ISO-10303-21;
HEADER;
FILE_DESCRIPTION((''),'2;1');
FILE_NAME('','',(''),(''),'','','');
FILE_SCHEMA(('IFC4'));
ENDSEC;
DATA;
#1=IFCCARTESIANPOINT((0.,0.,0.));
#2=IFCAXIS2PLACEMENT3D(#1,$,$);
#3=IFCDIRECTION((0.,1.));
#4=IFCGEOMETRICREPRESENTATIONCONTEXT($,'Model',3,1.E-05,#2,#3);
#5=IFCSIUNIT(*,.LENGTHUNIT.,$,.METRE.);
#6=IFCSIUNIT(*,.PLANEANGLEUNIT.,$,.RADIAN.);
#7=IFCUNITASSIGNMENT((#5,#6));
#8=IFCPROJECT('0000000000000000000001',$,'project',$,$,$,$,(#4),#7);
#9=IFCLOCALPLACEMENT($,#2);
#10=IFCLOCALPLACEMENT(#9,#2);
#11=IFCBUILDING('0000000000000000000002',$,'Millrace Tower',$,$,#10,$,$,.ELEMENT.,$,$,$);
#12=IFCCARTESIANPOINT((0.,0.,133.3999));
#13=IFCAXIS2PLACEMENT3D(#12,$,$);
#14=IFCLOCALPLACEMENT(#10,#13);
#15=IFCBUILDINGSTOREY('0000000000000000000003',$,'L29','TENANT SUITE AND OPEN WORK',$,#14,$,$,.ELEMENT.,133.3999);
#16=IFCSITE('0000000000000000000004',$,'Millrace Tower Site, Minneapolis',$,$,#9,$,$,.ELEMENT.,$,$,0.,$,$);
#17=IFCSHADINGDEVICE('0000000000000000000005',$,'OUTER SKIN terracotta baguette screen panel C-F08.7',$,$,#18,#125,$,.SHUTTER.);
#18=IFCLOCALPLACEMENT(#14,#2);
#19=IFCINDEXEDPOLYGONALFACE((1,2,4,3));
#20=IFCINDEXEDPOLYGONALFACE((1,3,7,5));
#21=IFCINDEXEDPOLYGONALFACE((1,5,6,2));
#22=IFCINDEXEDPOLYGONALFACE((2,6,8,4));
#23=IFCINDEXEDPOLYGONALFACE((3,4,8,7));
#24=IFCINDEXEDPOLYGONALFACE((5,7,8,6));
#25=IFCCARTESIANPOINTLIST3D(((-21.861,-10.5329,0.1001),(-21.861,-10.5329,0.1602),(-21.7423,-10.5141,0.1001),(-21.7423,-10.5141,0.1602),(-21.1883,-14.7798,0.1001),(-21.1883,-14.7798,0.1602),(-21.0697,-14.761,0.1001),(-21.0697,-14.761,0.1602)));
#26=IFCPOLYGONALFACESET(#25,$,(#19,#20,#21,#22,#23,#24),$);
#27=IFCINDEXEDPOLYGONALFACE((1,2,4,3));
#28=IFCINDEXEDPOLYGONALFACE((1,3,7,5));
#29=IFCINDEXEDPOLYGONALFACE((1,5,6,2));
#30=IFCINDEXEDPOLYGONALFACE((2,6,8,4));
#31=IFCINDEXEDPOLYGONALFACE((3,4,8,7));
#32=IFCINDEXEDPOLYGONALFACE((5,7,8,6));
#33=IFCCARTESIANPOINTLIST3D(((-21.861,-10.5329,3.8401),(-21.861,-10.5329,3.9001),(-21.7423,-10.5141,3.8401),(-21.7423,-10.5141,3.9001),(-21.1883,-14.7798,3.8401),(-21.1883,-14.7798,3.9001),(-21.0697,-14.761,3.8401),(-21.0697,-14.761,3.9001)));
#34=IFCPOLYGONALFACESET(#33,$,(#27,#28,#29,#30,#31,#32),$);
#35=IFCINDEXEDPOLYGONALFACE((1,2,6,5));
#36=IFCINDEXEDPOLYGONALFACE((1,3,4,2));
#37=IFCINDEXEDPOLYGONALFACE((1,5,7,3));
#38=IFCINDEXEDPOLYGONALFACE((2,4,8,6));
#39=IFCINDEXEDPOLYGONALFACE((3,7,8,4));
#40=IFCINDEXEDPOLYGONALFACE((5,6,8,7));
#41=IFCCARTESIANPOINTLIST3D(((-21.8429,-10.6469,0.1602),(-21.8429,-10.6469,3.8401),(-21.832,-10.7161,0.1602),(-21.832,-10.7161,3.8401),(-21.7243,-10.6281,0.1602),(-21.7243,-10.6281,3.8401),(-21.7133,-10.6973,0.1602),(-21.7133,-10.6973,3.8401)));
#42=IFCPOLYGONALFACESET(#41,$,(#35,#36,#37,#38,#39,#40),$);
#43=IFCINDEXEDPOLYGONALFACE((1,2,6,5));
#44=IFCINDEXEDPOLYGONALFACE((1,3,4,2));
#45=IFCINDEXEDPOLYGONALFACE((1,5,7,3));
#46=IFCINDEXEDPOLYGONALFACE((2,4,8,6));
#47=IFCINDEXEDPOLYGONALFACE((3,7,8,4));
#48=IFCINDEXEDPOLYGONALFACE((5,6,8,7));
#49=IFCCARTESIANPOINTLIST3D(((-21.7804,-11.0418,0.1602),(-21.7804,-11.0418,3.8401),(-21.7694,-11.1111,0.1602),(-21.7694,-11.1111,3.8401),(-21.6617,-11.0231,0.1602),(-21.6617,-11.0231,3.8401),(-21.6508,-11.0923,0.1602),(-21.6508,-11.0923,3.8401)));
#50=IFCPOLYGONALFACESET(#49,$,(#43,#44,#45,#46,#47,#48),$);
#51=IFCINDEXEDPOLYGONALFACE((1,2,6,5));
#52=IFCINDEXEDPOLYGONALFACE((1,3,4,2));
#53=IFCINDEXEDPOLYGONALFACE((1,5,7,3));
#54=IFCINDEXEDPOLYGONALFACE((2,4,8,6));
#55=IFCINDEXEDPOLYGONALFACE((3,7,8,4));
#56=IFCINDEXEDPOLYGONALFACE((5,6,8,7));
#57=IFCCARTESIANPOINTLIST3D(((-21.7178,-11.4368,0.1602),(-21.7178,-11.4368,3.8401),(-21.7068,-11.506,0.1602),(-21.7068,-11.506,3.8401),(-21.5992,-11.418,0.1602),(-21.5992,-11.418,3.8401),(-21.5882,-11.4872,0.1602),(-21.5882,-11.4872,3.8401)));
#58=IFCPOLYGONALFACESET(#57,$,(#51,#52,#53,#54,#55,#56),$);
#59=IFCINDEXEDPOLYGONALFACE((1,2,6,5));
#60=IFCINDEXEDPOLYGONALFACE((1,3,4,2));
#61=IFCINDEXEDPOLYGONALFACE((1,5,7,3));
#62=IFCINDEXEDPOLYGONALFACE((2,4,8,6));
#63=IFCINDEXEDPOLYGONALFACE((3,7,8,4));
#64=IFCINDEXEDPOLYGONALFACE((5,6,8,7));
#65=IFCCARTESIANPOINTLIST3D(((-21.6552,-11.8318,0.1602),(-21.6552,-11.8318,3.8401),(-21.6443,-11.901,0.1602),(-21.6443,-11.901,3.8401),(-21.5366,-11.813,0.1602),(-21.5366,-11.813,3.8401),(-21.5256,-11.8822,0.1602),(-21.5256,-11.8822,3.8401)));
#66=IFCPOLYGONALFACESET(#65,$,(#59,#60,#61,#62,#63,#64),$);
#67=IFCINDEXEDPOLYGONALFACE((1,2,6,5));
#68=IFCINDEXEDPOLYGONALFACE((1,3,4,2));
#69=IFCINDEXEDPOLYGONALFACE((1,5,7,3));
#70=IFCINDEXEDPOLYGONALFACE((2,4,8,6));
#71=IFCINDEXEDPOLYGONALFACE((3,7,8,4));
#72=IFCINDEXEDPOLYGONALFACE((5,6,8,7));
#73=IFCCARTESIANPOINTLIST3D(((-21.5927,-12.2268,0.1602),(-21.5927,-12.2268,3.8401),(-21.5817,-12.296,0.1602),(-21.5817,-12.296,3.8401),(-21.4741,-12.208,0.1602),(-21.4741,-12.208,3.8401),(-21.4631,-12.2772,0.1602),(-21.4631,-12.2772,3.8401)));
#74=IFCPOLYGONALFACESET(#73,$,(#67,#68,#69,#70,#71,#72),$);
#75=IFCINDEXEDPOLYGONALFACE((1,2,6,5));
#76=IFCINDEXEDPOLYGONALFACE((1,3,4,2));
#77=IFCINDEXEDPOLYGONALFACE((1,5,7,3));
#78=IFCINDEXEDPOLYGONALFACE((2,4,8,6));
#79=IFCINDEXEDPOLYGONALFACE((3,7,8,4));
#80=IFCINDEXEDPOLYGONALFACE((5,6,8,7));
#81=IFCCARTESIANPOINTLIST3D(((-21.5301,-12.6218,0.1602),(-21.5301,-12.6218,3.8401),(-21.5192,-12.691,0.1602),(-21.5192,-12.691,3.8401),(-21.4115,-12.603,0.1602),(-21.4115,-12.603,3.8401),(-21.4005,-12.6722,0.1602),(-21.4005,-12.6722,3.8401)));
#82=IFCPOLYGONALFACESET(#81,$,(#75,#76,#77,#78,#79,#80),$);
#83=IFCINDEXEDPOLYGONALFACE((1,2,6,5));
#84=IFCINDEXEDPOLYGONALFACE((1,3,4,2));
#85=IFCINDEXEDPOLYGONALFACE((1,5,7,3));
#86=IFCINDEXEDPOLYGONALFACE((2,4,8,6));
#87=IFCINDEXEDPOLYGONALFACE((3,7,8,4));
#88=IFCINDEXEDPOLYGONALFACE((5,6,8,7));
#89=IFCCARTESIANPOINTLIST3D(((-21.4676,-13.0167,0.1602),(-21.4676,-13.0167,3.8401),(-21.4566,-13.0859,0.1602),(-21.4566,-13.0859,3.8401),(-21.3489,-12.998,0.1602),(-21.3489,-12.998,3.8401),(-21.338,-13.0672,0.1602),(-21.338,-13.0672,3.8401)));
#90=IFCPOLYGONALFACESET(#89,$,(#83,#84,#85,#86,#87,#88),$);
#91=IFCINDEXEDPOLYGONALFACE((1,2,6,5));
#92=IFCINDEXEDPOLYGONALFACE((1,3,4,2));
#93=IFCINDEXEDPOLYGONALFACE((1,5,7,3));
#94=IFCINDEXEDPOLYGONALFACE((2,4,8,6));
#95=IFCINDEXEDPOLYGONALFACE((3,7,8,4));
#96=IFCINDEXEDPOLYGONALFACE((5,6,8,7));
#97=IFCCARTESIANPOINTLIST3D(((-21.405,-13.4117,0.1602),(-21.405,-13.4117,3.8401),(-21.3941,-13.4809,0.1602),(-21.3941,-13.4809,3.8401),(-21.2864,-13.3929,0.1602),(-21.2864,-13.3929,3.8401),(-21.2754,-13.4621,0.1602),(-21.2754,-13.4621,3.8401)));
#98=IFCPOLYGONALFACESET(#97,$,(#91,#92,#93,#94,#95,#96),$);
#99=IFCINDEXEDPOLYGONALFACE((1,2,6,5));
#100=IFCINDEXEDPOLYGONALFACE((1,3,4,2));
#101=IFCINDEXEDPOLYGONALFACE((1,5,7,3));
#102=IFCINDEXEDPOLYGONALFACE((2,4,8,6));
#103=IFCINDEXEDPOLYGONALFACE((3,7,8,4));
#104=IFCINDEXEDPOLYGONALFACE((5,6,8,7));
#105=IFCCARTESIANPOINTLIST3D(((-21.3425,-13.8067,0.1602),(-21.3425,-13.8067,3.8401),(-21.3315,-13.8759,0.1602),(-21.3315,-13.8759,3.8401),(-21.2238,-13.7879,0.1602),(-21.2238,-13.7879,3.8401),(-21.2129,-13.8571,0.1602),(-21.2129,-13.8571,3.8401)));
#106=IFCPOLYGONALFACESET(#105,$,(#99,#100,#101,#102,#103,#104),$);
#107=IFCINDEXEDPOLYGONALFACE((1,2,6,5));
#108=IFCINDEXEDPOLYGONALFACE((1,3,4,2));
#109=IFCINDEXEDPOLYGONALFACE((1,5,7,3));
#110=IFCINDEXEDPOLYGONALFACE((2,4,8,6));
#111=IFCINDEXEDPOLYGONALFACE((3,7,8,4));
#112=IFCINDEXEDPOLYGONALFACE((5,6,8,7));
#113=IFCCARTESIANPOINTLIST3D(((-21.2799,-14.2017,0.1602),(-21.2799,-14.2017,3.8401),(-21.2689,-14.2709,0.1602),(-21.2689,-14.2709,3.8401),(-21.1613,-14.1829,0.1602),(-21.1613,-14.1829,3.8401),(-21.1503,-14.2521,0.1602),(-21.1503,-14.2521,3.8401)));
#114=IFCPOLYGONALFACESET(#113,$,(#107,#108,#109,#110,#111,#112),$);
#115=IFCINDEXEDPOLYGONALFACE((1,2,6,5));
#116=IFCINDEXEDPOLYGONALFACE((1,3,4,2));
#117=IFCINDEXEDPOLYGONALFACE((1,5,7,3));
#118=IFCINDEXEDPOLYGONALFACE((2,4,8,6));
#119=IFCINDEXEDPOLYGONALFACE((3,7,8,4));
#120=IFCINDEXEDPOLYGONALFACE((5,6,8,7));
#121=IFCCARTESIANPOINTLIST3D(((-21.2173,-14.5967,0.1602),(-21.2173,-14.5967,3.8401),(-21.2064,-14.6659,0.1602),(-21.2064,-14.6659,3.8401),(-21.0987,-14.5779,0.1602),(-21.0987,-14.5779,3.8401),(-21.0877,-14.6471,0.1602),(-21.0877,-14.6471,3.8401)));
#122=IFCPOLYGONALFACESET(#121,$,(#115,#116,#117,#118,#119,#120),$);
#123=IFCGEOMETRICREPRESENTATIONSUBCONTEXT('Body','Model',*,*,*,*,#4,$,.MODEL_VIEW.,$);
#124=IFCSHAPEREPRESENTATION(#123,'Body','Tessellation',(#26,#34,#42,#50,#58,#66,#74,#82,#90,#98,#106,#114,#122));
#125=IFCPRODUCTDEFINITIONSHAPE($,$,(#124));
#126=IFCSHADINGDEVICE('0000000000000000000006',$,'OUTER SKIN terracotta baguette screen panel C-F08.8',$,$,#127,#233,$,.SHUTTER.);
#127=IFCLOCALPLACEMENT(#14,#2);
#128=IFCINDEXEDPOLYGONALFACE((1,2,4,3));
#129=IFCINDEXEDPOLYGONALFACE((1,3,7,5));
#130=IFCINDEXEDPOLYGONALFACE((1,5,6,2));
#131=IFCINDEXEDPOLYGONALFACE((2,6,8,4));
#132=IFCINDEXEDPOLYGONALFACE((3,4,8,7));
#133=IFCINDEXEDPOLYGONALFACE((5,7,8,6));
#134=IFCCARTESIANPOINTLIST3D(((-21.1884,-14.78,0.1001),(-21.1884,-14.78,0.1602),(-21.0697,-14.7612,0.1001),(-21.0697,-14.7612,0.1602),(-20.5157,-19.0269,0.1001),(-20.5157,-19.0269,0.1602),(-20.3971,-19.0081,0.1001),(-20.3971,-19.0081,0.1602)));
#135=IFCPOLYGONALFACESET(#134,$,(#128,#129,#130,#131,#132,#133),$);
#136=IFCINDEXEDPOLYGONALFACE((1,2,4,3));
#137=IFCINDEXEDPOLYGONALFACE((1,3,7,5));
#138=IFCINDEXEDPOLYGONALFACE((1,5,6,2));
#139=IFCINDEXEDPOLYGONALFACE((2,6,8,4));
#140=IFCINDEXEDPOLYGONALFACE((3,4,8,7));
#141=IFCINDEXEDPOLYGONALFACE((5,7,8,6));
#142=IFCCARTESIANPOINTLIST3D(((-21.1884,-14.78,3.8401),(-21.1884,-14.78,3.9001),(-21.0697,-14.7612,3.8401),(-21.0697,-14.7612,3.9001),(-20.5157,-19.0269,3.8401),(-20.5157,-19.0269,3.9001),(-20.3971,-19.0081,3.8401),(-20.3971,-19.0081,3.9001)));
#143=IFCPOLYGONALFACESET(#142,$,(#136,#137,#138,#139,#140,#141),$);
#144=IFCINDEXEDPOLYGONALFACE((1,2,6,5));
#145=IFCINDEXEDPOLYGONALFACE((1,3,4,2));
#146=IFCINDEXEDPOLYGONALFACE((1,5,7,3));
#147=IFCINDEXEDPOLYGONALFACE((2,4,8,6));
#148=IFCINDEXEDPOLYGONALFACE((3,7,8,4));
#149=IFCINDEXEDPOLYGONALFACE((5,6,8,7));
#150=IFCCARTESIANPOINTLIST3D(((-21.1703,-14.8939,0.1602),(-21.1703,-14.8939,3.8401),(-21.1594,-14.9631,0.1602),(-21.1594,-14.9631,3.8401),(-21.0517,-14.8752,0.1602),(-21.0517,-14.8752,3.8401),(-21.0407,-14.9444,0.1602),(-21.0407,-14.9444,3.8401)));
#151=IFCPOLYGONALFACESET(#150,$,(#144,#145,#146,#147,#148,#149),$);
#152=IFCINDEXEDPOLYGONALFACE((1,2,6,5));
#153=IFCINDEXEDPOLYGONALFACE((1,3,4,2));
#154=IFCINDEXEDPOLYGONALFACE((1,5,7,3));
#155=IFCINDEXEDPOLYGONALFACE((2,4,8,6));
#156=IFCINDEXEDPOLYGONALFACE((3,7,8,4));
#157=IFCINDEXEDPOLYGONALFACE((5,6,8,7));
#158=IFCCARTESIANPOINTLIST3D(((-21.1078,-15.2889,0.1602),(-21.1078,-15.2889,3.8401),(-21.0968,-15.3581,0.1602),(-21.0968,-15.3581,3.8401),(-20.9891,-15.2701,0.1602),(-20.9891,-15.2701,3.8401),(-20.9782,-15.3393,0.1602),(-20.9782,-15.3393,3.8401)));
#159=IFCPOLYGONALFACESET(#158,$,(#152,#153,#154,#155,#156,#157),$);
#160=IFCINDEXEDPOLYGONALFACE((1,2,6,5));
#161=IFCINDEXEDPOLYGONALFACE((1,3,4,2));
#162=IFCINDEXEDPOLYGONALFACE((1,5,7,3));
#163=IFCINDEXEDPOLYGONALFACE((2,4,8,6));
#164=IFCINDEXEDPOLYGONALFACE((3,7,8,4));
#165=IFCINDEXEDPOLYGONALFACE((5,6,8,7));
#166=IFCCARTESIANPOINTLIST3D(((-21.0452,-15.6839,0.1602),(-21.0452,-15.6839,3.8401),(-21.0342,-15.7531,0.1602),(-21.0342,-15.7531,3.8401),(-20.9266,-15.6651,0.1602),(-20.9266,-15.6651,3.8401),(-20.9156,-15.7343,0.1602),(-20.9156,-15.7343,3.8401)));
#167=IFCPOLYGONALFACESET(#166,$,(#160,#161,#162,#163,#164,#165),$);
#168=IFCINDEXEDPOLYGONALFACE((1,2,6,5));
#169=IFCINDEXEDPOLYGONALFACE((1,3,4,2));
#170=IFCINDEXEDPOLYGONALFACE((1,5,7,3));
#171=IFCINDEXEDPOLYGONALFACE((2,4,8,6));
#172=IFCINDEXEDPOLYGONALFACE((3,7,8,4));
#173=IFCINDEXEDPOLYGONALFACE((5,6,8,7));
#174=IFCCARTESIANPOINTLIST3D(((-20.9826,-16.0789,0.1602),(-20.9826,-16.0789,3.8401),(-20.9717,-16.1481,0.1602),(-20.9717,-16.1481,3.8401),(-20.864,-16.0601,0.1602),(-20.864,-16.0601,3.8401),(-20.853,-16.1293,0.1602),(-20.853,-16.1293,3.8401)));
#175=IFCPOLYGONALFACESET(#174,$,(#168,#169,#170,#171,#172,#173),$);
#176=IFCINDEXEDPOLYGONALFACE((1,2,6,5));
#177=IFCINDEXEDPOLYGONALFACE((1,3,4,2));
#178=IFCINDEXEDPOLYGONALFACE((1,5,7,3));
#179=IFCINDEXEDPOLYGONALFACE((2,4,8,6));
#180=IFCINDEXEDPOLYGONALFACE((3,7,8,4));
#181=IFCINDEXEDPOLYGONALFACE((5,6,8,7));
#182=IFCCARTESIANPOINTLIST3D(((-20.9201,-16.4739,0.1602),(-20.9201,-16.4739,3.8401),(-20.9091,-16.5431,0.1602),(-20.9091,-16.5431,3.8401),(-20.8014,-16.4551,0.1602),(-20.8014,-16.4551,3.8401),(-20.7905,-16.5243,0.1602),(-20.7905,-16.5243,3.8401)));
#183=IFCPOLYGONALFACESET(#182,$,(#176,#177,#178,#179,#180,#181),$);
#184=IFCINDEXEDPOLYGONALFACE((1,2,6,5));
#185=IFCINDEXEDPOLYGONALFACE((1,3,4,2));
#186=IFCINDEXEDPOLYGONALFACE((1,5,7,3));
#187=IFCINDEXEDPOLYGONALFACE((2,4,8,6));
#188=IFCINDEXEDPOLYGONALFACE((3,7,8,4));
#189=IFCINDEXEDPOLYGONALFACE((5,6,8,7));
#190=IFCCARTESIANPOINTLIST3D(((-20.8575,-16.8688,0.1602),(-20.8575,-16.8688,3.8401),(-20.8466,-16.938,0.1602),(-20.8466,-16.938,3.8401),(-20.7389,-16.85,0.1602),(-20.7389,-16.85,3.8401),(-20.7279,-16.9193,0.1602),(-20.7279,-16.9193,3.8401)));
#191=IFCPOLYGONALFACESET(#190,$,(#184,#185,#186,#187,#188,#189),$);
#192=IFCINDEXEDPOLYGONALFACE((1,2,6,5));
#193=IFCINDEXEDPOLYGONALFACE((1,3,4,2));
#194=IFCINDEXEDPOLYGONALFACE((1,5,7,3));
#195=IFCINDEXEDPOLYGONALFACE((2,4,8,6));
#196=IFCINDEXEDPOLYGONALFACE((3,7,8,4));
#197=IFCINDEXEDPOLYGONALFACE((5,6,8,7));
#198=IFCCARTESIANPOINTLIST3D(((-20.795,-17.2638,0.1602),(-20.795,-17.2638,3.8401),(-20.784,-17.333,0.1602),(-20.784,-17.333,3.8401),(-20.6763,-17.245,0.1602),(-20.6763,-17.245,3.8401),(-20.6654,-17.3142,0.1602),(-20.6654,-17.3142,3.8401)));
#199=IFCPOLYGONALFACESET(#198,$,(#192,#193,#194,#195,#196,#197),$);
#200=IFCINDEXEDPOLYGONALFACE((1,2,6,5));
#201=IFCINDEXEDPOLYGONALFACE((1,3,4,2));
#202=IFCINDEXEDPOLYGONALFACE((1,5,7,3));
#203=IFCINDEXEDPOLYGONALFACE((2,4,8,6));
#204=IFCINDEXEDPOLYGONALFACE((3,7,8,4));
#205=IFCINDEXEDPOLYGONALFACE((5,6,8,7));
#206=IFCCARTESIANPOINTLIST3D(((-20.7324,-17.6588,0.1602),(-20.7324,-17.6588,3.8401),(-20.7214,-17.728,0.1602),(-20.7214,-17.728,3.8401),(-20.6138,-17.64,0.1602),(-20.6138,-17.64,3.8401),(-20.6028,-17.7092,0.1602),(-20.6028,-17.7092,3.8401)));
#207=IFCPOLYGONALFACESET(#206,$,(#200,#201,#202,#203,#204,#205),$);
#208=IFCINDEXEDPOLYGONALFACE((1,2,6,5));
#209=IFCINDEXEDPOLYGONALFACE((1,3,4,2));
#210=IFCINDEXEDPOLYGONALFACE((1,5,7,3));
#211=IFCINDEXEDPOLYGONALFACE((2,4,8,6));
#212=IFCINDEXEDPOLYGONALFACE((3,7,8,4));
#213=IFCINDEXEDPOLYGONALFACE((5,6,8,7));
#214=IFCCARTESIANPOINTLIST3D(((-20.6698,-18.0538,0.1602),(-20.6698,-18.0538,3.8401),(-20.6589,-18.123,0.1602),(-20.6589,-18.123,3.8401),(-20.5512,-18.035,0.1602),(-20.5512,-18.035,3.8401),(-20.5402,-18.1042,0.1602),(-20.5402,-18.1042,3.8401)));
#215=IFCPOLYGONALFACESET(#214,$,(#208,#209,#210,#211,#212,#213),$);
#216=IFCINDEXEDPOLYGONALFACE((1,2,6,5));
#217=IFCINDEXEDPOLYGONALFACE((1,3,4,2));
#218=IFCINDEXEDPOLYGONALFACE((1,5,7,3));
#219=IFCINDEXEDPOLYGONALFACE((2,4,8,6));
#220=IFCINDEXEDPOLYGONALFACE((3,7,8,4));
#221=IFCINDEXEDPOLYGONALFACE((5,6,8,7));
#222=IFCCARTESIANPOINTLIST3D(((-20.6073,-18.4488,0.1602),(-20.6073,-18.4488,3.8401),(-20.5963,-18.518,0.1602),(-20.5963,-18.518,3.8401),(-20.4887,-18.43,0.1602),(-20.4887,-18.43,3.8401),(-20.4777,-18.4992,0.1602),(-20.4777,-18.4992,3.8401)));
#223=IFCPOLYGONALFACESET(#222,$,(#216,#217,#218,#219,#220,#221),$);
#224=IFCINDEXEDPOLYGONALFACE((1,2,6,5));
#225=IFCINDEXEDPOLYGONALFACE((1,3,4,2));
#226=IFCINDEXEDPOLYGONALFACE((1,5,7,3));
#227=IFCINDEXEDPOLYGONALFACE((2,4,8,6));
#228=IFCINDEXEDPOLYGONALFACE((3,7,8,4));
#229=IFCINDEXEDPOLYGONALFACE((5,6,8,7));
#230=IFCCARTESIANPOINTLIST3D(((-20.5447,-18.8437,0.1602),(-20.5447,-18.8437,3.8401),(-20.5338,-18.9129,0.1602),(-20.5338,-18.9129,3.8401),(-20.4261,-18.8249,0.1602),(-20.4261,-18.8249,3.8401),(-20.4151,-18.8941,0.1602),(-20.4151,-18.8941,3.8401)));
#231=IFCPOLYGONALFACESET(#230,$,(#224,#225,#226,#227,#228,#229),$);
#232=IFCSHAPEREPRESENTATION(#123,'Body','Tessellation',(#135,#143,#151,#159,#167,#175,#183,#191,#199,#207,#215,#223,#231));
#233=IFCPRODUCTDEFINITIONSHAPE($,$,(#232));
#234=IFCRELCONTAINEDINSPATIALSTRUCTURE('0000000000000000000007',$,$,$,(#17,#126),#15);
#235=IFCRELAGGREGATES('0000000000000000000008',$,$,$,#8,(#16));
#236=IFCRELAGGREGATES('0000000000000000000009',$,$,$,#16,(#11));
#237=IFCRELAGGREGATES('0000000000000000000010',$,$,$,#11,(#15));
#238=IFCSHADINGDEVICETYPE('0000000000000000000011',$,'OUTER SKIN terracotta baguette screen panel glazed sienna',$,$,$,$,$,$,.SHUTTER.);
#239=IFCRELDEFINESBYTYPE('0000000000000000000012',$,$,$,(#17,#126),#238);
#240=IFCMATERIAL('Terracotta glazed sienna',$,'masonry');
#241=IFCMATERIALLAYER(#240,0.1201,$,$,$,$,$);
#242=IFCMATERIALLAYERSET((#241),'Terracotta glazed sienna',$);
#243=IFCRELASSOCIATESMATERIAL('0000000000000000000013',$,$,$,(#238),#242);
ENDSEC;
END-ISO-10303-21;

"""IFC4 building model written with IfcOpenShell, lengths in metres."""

from ifc_helpers import new_model, entity, si_unit, direction, frame, frame_2d, origin, origin_2d, place, context, subcontext, project, spatial, rectangle, extrude, source, transform, mapped, material, layer, layer_set, type_object, element, save


model = new_model("IFC4")

# Units and contexts
model_context = context("Model", 3, precision=1e-05, world=origin(), true_north=direction((0.0, 1.0)))
body_context = subcontext(model_context, "Body", "Model", "MODEL_VIEW")
ifc_project = project(units=[si_unit("LENGTHUNIT", "METRE"), si_unit("PLANEANGLEUNIT", "RADIAN")], contexts=[model_context])

# Site, building, storey
site_placement = place(None, origin())
site = spatial("IfcSite", under=ifc_project, at=site_placement, Name="Millrace Tower Site, Minneapolis", CompositionType="ELEMENT", RefElevation=0.0)
building_placement = place(site_placement, origin())
building = spatial("IfcBuilding", under=site, at=building_placement, Name="Millrace Tower", CompositionType="ELEMENT")
storey_placement = place(building_placement, frame((0.0, 0.0, 133.3999)))
storey = spatial("IfcBuildingStorey", under=building, at=storey_placement, Name="L29", Description="TENANT SUITE AND OPEN WORK", CompositionType="ELEMENT", Elevation=133.3999)

# Shading devices
ifc_material_1 = material(Name="Terracotta glazed sienna", Category="masonry")
ifc_layer_1 = layer(ifc_material_1, 0.1201)
ifc_layer_set_1 = layer_set([ifc_layer_1], Name="Terracotta glazed sienna")
shading_device_type = type_object("IfcShadingDeviceType", Name="OUTER SKIN terracotta baguette screen panel glazed sienna", PredefinedType="SHUTTER", material=ifc_layer_set_1)
cartesian_point_1 = entity("IfcCartesianPoint", [-2.1499, 0.0601])
shared_polyline_1 = entity("IfcPolyline", [cartesian_point_1, entity("IfcCartesianPoint", [2.1499, 0.0601]), entity("IfcCartesianPoint", [2.1499, -0.0601]), entity("IfcCartesianPoint", [-2.1499, -0.0601]), cartesian_point_1])
shared_shape_1 = source(origin(), body_context, "Body", "SweptSolid", [
    entity("IfcExtrudedAreaSolid", entity("IfcArbitraryClosedProfileDef", "AREA", None, shared_polyline_1), entity("IfcAxis2Placement3D", entity("IfcCartesianPoint", [0.0, 0.0, 0.0])), entity("IfcDirection", [0.0, 0.0, 1.0]), 0.0601),
    entity("IfcExtrudedAreaSolid", entity("IfcArbitraryClosedProfileDef", "AREA", None, shared_polyline_1), entity("IfcAxis2Placement3D", entity("IfcCartesianPoint", [0.0, 0.0, 3.74])), entity("IfcDirection", [0.0, 0.0, 1.0]), 0.0601),
    extrude(rectangle(XDim=0.0701, YDim=0.1201, at=frame_2d((-1.9995, 0.0))), frame((0.0, 0.0, 0.0601)), (0.0, 0.0, 1.0), 3.6799),
    extrude(rectangle(XDim=0.0701, YDim=0.1201, at=frame_2d((-1.5996, 0.0))), frame((0.0, 0.0, 0.0601)), (0.0, 0.0, 1.0), 3.6799),
    extrude(rectangle(XDim=0.0701, YDim=0.1201, at=frame_2d((-1.1997, 0.0))), frame((0.0, 0.0, 0.0601)), (0.0, 0.0, 1.0), 3.6799),
    extrude(rectangle(XDim=0.0701, YDim=0.1201, at=frame_2d((-0.7998, 0.0))), frame((0.0, 0.0, 0.0601)), (0.0, 0.0, 1.0), 3.6799),
    extrude(rectangle(XDim=0.0701, YDim=0.1201, at=frame_2d((-0.3999, 0.0))), frame((0.0, 0.0, 0.0601)), (0.0, 0.0, 1.0), 3.6799),
    extrude(rectangle(XDim=0.0701, YDim=0.1201, at=origin_2d()), frame((0.0, 0.0, 0.0601)), (0.0, 0.0, 1.0), 3.6799),
    extrude(rectangle(XDim=0.0701, YDim=0.1201, at=frame_2d((0.3999, 0.0))), frame((0.0, 0.0, 0.0601)), (0.0, 0.0, 1.0), 3.6799),
    extrude(rectangle(XDim=0.0701, YDim=0.1201, at=frame_2d((0.7998, 0.0))), frame((0.0, 0.0, 0.0601)), (0.0, 0.0, 1.0), 3.6799),
    extrude(rectangle(XDim=0.0701, YDim=0.1201, at=frame_2d((1.1997, 0.0))), frame((0.0, 0.0, 0.0601)), (0.0, 0.0, 1.0), 3.6799),
    extrude(rectangle(XDim=0.0701, YDim=0.1201, at=frame_2d((1.5996, 0.0))), frame((0.0, 0.0, 0.0601)), (0.0, 0.0, 1.0), 3.6799),
    extrude(rectangle(XDim=0.0701, YDim=0.1201, at=frame_2d((1.9995, 0.0))), frame((0.0, 0.0, 0.0601)), (0.0, 0.0, 1.0), 3.6799),
])
for number, where, z_axis, x_axis, name in (
    (1, (-21.4653, -12.647, 0.1001), (0.0, 0.0, 1.0), (0.156434, -0.987688, 0.0), "OUTER SKIN terracotta baguette screen panel C-F08.7"),
    (2, (-20.7927, -16.894, 0.1001), (0.0, 0.0, 1.0), (0.156434, -0.987688, 0.0), "OUTER SKIN terracotta baguette screen panel C-F08.8"),
):
    element("IfcShadingDevice", number, at=place(storey_placement, frame(where, z_axis=z_axis, x_axis=x_axis)), inside=storey, type_object=shading_device_type, Name=name, PredefinedType="SHUTTER", context=body_context, shape_type="MappedRepresentation", body=[
        mapped(shared_shape_1, transform((0.0, 0.0, 0.0), scale=1.0)),
    ])

save(model, "model.ifc")
